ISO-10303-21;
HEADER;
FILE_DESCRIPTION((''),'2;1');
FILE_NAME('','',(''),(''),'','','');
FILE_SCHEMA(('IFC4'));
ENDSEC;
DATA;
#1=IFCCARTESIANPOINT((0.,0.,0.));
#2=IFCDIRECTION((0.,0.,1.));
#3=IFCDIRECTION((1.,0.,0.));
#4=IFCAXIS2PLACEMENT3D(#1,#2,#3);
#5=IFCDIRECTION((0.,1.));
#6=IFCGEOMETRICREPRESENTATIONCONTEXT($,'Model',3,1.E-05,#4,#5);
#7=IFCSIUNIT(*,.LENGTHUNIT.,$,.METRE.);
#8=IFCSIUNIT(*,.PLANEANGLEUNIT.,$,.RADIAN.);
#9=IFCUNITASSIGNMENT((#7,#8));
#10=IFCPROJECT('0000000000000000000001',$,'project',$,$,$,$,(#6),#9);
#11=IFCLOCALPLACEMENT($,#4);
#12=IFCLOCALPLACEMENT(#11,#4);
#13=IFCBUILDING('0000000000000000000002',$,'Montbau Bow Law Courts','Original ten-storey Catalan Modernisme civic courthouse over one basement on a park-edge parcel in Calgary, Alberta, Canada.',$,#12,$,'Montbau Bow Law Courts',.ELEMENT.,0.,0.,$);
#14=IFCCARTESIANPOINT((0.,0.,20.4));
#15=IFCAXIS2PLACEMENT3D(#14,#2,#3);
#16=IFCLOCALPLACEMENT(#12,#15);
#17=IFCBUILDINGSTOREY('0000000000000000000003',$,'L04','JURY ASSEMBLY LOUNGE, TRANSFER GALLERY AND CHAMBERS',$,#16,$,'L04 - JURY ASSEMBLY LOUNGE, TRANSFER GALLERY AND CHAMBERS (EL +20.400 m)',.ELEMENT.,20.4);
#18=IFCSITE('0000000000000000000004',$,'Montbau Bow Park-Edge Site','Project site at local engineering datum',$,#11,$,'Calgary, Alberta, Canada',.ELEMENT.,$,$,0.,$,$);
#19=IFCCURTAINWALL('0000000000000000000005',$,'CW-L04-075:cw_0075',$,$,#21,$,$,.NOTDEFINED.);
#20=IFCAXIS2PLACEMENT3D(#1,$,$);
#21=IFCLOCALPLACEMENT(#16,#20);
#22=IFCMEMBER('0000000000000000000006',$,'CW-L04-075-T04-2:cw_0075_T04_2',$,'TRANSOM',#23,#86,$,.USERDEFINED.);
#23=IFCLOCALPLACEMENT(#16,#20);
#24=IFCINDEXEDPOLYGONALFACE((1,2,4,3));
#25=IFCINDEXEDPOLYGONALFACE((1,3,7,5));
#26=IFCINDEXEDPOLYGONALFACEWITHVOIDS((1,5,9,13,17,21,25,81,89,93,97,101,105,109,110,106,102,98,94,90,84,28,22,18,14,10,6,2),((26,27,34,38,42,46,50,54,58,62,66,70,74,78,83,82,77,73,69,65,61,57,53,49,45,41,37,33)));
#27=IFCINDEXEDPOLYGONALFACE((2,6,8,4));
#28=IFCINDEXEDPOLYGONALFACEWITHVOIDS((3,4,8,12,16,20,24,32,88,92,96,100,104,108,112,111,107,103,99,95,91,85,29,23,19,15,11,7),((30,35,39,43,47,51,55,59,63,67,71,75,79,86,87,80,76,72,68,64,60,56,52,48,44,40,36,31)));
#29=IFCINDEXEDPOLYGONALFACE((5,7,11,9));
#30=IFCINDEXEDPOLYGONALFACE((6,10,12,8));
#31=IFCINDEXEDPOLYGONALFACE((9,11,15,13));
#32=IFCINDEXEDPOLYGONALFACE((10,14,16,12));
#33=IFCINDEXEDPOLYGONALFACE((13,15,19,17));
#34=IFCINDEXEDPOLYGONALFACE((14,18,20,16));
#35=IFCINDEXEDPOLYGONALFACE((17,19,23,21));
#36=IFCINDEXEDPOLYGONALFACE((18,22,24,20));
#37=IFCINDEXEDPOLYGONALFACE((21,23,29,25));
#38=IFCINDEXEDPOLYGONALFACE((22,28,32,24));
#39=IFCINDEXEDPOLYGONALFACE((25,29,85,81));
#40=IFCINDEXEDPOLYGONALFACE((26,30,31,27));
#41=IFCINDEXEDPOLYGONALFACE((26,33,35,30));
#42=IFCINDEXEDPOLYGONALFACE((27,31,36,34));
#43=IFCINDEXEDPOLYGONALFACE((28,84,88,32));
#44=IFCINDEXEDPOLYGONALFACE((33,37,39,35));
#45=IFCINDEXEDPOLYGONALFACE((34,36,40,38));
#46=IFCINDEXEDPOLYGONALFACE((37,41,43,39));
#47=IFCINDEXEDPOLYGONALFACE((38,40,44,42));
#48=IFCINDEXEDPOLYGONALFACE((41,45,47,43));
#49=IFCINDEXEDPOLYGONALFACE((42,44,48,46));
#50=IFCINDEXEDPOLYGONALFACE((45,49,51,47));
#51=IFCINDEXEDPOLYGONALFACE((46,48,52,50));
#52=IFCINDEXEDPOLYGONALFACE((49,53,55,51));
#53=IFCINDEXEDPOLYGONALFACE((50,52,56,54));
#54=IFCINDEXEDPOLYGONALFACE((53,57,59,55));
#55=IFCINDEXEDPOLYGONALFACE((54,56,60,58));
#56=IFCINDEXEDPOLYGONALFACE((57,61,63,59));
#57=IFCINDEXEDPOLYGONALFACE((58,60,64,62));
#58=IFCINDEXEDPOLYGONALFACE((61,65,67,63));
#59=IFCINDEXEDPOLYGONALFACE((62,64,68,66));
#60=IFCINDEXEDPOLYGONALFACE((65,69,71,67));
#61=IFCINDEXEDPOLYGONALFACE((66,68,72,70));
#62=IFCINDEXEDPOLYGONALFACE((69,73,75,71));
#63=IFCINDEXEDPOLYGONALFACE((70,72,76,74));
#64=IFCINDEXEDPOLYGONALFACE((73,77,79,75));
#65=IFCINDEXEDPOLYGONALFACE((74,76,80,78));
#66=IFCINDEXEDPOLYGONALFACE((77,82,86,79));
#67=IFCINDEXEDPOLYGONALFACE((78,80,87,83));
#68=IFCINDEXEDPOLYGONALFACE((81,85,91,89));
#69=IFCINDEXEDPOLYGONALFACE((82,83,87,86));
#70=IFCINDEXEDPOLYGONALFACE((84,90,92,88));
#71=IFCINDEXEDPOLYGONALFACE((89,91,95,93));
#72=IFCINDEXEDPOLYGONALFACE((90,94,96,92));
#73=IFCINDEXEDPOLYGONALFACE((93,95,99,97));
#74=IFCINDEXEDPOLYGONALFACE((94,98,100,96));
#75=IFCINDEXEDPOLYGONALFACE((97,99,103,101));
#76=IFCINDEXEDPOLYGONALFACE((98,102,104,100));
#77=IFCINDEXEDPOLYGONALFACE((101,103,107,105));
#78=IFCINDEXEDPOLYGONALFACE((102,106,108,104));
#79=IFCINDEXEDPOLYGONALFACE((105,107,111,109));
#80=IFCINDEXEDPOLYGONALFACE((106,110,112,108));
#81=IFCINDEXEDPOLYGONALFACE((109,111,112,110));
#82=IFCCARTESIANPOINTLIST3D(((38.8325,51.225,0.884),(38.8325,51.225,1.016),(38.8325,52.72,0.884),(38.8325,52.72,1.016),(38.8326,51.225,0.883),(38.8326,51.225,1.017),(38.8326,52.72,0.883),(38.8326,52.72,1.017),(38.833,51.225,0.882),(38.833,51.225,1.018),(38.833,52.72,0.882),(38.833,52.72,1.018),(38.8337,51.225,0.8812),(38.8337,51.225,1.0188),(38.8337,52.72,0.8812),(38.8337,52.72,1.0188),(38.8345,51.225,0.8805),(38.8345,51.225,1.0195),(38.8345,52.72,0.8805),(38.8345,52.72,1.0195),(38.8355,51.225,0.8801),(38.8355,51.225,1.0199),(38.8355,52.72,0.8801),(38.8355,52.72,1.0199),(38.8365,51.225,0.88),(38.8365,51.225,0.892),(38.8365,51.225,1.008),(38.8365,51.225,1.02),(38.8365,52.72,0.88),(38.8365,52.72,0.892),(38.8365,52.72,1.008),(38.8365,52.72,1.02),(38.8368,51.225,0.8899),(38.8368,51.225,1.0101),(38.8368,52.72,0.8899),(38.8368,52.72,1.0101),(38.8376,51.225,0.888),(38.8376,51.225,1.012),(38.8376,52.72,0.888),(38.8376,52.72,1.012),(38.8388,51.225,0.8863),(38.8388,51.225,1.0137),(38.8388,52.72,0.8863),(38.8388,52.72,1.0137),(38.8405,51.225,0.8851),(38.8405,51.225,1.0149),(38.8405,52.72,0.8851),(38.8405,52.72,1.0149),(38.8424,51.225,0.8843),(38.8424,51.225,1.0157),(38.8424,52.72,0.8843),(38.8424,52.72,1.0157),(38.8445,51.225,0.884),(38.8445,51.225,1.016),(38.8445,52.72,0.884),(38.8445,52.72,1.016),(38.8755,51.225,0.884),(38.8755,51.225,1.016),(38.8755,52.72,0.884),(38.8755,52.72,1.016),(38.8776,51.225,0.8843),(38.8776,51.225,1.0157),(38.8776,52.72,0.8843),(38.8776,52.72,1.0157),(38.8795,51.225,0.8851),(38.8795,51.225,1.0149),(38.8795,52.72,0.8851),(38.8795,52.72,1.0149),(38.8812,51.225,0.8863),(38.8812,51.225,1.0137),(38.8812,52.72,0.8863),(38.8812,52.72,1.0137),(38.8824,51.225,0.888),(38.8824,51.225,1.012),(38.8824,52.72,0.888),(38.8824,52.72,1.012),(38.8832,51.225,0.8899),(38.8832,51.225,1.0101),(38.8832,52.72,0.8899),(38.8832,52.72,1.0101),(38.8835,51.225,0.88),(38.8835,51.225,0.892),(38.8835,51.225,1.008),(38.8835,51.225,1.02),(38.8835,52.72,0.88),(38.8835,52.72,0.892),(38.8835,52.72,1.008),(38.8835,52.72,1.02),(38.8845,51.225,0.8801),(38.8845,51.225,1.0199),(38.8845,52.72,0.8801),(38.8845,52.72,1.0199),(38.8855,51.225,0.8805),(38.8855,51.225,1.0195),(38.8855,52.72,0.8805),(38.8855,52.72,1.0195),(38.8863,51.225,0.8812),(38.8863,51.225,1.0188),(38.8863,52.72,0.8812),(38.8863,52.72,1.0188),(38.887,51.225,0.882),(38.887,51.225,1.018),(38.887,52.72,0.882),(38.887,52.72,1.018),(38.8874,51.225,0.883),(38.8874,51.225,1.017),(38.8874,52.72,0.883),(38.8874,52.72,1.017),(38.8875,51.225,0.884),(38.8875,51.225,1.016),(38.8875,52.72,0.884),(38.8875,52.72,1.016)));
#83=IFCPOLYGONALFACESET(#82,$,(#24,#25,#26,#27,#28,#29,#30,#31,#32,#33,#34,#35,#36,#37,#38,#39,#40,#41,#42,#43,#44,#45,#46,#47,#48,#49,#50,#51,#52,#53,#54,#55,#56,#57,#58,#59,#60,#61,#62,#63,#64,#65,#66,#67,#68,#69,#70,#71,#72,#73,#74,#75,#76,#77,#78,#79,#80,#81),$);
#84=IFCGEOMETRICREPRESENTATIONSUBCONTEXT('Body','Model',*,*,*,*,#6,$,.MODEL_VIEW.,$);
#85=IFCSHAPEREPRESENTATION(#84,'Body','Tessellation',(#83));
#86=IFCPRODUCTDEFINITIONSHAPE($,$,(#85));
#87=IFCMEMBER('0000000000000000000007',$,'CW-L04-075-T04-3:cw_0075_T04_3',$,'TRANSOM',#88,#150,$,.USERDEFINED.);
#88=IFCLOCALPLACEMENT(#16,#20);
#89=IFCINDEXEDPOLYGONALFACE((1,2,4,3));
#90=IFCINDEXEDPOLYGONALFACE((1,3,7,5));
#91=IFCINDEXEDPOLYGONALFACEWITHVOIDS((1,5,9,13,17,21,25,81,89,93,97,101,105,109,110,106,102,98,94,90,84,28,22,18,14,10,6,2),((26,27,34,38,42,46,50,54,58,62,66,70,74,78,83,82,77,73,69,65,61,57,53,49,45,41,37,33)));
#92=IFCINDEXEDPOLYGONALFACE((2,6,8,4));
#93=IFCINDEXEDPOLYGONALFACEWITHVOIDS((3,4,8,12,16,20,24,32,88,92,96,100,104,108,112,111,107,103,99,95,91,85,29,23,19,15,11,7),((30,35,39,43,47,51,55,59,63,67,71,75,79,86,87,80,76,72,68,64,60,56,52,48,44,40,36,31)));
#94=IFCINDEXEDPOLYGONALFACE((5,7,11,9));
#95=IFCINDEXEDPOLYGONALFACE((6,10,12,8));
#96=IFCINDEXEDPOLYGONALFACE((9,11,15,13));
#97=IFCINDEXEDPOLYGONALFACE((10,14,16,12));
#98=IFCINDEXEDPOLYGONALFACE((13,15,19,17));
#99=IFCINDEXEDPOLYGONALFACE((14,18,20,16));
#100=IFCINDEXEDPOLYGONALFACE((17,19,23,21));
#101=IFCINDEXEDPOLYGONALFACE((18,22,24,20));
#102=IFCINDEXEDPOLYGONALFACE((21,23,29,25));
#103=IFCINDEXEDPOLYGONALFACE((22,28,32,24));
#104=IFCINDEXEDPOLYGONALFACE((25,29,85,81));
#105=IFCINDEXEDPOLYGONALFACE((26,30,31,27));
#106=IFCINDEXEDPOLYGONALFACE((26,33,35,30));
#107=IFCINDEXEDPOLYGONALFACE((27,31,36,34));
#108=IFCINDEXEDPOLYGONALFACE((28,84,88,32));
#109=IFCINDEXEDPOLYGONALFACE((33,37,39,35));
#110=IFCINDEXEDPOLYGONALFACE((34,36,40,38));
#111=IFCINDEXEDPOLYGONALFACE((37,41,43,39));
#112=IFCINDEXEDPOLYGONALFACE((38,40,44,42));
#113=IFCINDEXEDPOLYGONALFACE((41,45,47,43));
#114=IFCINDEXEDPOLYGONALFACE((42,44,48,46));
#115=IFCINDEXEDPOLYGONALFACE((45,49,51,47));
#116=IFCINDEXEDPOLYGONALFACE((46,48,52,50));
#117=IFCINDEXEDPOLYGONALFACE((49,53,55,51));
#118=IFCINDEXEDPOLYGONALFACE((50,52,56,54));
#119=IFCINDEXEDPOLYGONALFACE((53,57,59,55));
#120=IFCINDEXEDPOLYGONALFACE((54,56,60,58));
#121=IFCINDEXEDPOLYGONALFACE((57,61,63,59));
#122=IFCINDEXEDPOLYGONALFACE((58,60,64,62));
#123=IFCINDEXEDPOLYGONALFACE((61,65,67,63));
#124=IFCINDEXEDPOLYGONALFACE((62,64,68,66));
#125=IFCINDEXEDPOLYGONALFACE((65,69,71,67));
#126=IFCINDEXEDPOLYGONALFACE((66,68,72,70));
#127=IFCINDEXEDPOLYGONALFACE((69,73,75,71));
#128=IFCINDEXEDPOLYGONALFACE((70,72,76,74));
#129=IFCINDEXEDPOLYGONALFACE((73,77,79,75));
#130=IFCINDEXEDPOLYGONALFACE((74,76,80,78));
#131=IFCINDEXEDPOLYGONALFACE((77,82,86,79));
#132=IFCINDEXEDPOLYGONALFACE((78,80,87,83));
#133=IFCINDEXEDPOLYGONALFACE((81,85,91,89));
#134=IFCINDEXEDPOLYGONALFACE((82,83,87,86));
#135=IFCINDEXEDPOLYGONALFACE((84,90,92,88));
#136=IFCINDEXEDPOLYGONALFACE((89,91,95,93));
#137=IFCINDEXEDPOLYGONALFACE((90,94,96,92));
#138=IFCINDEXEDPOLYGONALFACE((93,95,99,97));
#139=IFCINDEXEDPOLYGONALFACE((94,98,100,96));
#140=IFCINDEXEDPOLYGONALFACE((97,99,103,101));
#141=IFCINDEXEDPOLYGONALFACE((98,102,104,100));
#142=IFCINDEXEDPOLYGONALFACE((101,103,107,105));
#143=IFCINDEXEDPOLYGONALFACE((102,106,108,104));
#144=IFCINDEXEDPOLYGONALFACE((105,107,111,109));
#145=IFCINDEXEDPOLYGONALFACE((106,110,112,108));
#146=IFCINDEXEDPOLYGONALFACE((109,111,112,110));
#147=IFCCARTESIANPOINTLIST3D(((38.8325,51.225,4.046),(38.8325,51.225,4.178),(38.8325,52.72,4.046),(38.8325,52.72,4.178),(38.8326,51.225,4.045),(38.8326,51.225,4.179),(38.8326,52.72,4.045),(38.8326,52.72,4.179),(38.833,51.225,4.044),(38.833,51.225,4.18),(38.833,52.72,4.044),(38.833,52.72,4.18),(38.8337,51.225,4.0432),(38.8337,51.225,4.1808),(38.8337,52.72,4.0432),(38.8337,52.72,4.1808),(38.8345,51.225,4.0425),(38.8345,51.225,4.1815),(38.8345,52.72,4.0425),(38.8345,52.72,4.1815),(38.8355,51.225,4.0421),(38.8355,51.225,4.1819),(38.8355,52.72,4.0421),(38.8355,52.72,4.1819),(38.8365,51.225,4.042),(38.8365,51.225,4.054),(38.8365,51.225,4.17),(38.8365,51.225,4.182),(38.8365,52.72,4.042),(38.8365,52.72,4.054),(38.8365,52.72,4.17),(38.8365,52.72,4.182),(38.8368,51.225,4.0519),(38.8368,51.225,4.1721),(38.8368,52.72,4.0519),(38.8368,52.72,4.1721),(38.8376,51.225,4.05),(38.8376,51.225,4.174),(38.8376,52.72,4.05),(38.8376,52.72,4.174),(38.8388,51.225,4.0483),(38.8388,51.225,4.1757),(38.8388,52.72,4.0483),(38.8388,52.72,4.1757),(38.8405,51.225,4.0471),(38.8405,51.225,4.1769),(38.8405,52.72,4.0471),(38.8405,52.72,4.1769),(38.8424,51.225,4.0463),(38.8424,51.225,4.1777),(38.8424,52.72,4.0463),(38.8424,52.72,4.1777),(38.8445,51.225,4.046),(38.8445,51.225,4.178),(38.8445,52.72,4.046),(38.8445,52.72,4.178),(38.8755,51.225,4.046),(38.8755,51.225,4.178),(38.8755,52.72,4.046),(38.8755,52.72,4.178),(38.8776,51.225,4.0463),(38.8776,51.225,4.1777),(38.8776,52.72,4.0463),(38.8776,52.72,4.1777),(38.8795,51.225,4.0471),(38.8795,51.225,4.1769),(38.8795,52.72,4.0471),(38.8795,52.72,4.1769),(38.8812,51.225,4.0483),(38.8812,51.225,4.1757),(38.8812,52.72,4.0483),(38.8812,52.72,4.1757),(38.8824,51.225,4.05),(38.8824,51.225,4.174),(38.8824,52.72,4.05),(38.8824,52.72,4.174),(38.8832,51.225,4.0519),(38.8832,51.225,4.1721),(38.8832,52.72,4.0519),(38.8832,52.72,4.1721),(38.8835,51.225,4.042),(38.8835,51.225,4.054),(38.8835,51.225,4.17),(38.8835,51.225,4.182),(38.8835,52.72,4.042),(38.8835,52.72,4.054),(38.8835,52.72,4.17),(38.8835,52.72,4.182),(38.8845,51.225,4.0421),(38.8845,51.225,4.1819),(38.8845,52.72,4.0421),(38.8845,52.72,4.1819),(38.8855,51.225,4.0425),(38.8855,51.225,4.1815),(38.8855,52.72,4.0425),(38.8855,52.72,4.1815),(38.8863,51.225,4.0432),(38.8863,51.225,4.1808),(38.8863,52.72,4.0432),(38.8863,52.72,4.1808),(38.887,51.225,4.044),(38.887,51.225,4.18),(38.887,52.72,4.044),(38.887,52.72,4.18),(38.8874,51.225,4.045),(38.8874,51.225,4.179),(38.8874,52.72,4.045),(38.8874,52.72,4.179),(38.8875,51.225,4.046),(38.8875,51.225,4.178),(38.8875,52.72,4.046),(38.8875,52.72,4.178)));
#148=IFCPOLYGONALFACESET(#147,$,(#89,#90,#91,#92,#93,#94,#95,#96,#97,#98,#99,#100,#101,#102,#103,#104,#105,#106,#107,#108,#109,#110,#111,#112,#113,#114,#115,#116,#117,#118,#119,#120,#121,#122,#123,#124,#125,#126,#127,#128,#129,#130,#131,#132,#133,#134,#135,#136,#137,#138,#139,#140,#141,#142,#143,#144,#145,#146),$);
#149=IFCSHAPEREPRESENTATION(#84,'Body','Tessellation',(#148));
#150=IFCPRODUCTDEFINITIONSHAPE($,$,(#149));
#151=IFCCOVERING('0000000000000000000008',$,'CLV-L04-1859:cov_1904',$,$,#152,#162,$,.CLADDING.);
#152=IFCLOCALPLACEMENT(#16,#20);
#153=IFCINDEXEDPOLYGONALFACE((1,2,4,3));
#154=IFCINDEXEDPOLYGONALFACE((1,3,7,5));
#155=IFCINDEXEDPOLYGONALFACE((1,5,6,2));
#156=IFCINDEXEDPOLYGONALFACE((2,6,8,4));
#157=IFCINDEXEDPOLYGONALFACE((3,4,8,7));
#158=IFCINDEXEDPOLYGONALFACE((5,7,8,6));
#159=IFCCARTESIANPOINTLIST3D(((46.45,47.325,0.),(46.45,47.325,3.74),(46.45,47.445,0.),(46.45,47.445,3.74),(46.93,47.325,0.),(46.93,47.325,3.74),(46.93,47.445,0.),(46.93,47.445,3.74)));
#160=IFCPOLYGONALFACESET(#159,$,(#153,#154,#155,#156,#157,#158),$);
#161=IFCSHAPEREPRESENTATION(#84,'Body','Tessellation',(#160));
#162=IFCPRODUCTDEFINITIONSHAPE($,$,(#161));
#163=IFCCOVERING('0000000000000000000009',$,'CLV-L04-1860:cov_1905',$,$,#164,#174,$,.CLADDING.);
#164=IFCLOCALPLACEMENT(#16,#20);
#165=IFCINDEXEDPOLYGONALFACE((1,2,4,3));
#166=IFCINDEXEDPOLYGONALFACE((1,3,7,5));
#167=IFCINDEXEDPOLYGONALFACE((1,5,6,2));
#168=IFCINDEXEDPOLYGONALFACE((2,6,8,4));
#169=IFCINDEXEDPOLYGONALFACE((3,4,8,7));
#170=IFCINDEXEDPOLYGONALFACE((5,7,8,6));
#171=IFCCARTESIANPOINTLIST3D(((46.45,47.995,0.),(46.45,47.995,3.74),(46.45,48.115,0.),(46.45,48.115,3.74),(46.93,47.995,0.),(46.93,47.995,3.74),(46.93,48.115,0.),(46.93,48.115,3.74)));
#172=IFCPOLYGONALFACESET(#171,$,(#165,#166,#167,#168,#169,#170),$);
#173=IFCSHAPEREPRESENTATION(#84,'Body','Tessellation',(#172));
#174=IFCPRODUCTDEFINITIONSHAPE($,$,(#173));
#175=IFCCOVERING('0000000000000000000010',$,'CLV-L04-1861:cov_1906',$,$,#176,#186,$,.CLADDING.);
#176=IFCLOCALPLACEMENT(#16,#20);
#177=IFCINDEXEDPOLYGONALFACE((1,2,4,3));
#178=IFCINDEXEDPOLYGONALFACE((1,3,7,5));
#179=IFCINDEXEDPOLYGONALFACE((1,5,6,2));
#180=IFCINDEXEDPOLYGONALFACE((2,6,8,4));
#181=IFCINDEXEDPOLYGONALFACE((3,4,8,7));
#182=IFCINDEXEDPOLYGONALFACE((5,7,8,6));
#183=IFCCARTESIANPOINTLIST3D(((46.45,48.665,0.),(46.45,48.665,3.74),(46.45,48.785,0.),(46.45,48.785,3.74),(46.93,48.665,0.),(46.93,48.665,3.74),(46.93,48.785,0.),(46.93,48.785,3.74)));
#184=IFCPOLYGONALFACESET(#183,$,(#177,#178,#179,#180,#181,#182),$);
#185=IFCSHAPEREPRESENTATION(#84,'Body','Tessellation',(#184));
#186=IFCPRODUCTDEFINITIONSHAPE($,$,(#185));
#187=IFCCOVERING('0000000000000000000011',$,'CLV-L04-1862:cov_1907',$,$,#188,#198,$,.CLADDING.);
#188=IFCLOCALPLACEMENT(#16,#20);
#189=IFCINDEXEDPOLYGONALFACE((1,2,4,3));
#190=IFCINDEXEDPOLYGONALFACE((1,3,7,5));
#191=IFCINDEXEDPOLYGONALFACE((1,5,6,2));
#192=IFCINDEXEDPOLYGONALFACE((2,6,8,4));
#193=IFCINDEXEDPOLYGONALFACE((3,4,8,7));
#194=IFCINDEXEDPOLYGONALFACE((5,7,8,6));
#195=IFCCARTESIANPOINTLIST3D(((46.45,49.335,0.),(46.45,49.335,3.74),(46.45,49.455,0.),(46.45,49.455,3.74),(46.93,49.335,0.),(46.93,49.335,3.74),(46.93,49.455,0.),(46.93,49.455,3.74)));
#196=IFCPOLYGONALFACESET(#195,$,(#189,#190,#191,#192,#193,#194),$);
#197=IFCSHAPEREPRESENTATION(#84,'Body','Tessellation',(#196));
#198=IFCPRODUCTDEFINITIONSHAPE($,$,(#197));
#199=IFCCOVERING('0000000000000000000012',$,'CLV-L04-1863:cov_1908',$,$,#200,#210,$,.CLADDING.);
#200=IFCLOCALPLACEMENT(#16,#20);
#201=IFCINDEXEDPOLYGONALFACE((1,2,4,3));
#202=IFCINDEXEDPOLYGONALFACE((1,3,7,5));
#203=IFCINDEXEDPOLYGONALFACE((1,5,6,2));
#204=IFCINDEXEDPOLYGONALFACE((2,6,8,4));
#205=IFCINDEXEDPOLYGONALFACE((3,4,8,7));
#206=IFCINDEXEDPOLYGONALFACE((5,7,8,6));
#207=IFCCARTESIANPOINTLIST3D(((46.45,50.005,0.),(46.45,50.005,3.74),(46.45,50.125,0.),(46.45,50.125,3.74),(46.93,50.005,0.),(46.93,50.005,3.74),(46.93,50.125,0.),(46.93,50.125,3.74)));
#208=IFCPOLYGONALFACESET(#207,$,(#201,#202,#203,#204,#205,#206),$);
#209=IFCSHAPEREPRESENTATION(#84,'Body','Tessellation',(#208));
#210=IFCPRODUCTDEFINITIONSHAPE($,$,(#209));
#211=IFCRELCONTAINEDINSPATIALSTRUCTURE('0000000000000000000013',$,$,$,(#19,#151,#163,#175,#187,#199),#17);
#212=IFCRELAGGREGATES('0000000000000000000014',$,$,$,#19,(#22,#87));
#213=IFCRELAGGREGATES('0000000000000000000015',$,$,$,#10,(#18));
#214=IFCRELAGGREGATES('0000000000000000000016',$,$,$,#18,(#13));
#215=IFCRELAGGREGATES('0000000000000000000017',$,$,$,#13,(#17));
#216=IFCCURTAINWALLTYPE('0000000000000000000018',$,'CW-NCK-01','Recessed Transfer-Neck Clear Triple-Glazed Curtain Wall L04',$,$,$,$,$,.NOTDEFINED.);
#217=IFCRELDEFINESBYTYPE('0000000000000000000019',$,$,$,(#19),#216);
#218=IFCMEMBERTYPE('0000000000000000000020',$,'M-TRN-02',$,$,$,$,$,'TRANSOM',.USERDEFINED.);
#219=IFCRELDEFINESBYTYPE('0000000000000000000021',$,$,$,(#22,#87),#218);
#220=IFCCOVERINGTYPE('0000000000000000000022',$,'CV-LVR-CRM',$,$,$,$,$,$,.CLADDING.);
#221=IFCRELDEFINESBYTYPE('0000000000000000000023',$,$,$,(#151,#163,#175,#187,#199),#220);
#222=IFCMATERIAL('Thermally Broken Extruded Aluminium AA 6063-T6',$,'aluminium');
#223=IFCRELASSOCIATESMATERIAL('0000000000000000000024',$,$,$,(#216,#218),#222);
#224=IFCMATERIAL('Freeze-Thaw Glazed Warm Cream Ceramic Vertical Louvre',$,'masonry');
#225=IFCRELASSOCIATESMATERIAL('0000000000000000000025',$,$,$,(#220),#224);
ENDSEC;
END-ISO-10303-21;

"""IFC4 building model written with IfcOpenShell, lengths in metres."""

from ifc_helpers import new_model, si_unit, direction, frame, frame_2d, origin_with_axes, origin_2d_with_axis, place, context, subcontext, project, spatial, rectangle, hollow_rectangle, extrude, material, material_profile, profile_set, type_object, element, aggregate, save


model = new_model("IFC4")

# Units and contexts
model_context = context("Model", 3, precision=1e-05, world=origin_with_axes(), true_north=direction((0.0, 1.0)))
body_context = subcontext(model_context, "Body", "Model", "MODEL_VIEW")
ifc_project = project(units=[si_unit("LENGTHUNIT", "METRE"), si_unit("PLANEANGLEUNIT", "RADIAN")], contexts=[model_context])

# Site, building, storey
site_placement = place(None, origin_with_axes())
site = spatial("IfcSite", under=ifc_project, at=site_placement, Name="Montbau Bow Park-Edge Site", Description="Project site at local engineering datum", LongName="Calgary, Alberta, Canada", CompositionType="ELEMENT", RefElevation=0.0)
building_placement = place(site_placement, origin_with_axes())
building = spatial("IfcBuilding", under=site, at=building_placement, Name="Montbau Bow Law Courts", Description="Original ten-storey Catalan Modernisme civic courthouse over one basement on a park-edge parcel in Calgary, Alberta, Canada.", LongName="Montbau Bow Law Courts", CompositionType="ELEMENT", ElevationOfRefHeight=0.0, ElevationOfTerrain=0.0)
storey_placement = place(building_placement, frame((0.0, 0.0, 20.4), z_axis=(0.0, 0.0, 1.0), x_axis=(1.0, 0.0, 0.0)))
storey = spatial("IfcBuildingStorey", under=building, at=storey_placement, Name="L04", Description="JURY ASSEMBLY LOUNGE, TRANSFER GALLERY AND CHAMBERS", LongName="L04 - JURY ASSEMBLY LOUNGE, TRANSFER GALLERY AND CHAMBERS (EL +20.400 m)", CompositionType="ELEMENT", Elevation=20.4)

# Curtain wall, members
ifc_material_1 = material(Name="Thermally Broken Extruded Aluminium AA 6063-T6", Category="aluminium")
curtain_wall_type = type_object("IfcCurtainWallType", Name="CW-NCK-01", Description="Recessed Transfer-Neck Clear Triple-Glazed Curtain Wall L04", PredefinedType="NOTDEFINED", material=ifc_material_1)
curtain_wall_placement = place(None, frame((38.86, 46.468, 20.4), z_axis=(0.0, 0.0, 1.0), x_axis=(1.0, 0.0, 0.0)))
curtain_wall = element("IfcCurtainWall", 1, at=curtain_wall_placement, inside=storey, type_object=curtain_wall_type, Name="CW-L04-075:cw_0075", PredefinedType="NOTDEFINED")
ifc_material_profile_1 = material_profile(ifc_material_1, hollow_rectangle(XDim=0.055, YDim=0.14, WallThickness=0.004, InnerFilletRadius=0.008, OuterFilletRadius=0.004, at=origin_2d_with_axis()), Name="CWT-140X55", Category="Main", Priority=0)
ifc_profile_set_1 = profile_set([ifc_material_profile_1], Name="Thermally Broken Extruded Aluminium AA 6063-T6")
member_type = type_object("IfcMemberType", Name="M-TRN-02", ElementType="TRANSOM", PredefinedType="USERDEFINED", material=ifc_profile_set_1)
member_1_placement = place(None, frame((38.86, 51.225, 21.35), z_axis=(0.0, 1.0, 0.0), x_axis=(-1.0, 0.0, 0.0)))
member_1 = element("IfcMember", 2, at=member_1_placement, type_object=member_type, Name="CW-L04-075-T04-2:cw_0075_T04_2", ObjectType="TRANSOM", PredefinedType="USERDEFINED", context=body_context, shape_type="SweptSolid", body=[
    extrude(hollow_rectangle(XDim=0.055, YDim=0.14, WallThickness=0.004, InnerFilletRadius=0.008, OuterFilletRadius=0.004, at=origin_2d_with_axis()), origin_with_axes(), (0.0, 0.0, 1.0), 1.495),
])
member_2_placement = place(None, frame((38.86, 51.225, 24.512), z_axis=(0.0, 1.0, 0.0), x_axis=(-1.0, 0.0, 0.0)))
member_2 = element("IfcMember", 3, at=member_2_placement, type_object=member_type, Name="CW-L04-075-T04-3:cw_0075_T04_3", ObjectType="TRANSOM", PredefinedType="USERDEFINED", context=body_context, shape_type="SweptSolid", body=[
    extrude(hollow_rectangle(XDim=0.055, YDim=0.14, WallThickness=0.004, InnerFilletRadius=0.008, OuterFilletRadius=0.004, at=origin_2d_with_axis()), origin_with_axes(), (0.0, 0.0, 1.0), 1.495),
])
aggregate(curtain_wall, [member_1, member_2])

# Coverings
ifc_material_2 = material(Name="Freeze-Thaw Glazed Warm Cream Ceramic Vertical Louvre", Category="masonry")
covering_type = type_object("IfcCoveringType", Name="CV-LVR-CRM", PredefinedType="CLADDING", material=ifc_material_2)
for number, where, z_axis, x_axis, name in (
    (4, (46.93, 47.385, 20.4), (0.0, 1.0, 0.0), (-1.0, 0.0, 0.0), "CLV-L04-1859:cov_1904"),
    (5, (46.93, 48.055, 20.4), (0.0, 1.0, 0.0), (-1.0, 0.0, 0.0), "CLV-L04-1860:cov_1905"),
    (6, (46.93, 48.725, 20.4), (0.0, 1.0, 0.0), (-1.0, 0.0, 0.0), "CLV-L04-1861:cov_1906"),
    (7, (46.93, 49.395, 20.4), (0.0, 1.0, 0.0), (-1.0, 0.0, 0.0), "CLV-L04-1862:cov_1907"),
    (8, (46.93, 50.065, 20.4), (0.0, 1.0, 0.0), (-1.0, 0.0, 0.0), "CLV-L04-1863:cov_1908"),
):
    element("IfcCovering", number, at=place(None, frame(where, z_axis=z_axis, x_axis=x_axis)), inside=storey, type_object=covering_type, Name=name, PredefinedType="CLADDING", context=body_context, shape_type="SweptSolid", body=[
        extrude(rectangle(XDim=0.48, YDim=3.74, at=frame_2d((0.24, 1.87), x_axis=(1.0, 0.0))), frame((0.0, 0.0, -0.06), z_axis=(0.0, 0.0, 1.0), x_axis=(1.0, 0.0, 0.0)), (0.0, 0.0, 1.0), 0.12),
    ])

save(model, "model.ifc")
